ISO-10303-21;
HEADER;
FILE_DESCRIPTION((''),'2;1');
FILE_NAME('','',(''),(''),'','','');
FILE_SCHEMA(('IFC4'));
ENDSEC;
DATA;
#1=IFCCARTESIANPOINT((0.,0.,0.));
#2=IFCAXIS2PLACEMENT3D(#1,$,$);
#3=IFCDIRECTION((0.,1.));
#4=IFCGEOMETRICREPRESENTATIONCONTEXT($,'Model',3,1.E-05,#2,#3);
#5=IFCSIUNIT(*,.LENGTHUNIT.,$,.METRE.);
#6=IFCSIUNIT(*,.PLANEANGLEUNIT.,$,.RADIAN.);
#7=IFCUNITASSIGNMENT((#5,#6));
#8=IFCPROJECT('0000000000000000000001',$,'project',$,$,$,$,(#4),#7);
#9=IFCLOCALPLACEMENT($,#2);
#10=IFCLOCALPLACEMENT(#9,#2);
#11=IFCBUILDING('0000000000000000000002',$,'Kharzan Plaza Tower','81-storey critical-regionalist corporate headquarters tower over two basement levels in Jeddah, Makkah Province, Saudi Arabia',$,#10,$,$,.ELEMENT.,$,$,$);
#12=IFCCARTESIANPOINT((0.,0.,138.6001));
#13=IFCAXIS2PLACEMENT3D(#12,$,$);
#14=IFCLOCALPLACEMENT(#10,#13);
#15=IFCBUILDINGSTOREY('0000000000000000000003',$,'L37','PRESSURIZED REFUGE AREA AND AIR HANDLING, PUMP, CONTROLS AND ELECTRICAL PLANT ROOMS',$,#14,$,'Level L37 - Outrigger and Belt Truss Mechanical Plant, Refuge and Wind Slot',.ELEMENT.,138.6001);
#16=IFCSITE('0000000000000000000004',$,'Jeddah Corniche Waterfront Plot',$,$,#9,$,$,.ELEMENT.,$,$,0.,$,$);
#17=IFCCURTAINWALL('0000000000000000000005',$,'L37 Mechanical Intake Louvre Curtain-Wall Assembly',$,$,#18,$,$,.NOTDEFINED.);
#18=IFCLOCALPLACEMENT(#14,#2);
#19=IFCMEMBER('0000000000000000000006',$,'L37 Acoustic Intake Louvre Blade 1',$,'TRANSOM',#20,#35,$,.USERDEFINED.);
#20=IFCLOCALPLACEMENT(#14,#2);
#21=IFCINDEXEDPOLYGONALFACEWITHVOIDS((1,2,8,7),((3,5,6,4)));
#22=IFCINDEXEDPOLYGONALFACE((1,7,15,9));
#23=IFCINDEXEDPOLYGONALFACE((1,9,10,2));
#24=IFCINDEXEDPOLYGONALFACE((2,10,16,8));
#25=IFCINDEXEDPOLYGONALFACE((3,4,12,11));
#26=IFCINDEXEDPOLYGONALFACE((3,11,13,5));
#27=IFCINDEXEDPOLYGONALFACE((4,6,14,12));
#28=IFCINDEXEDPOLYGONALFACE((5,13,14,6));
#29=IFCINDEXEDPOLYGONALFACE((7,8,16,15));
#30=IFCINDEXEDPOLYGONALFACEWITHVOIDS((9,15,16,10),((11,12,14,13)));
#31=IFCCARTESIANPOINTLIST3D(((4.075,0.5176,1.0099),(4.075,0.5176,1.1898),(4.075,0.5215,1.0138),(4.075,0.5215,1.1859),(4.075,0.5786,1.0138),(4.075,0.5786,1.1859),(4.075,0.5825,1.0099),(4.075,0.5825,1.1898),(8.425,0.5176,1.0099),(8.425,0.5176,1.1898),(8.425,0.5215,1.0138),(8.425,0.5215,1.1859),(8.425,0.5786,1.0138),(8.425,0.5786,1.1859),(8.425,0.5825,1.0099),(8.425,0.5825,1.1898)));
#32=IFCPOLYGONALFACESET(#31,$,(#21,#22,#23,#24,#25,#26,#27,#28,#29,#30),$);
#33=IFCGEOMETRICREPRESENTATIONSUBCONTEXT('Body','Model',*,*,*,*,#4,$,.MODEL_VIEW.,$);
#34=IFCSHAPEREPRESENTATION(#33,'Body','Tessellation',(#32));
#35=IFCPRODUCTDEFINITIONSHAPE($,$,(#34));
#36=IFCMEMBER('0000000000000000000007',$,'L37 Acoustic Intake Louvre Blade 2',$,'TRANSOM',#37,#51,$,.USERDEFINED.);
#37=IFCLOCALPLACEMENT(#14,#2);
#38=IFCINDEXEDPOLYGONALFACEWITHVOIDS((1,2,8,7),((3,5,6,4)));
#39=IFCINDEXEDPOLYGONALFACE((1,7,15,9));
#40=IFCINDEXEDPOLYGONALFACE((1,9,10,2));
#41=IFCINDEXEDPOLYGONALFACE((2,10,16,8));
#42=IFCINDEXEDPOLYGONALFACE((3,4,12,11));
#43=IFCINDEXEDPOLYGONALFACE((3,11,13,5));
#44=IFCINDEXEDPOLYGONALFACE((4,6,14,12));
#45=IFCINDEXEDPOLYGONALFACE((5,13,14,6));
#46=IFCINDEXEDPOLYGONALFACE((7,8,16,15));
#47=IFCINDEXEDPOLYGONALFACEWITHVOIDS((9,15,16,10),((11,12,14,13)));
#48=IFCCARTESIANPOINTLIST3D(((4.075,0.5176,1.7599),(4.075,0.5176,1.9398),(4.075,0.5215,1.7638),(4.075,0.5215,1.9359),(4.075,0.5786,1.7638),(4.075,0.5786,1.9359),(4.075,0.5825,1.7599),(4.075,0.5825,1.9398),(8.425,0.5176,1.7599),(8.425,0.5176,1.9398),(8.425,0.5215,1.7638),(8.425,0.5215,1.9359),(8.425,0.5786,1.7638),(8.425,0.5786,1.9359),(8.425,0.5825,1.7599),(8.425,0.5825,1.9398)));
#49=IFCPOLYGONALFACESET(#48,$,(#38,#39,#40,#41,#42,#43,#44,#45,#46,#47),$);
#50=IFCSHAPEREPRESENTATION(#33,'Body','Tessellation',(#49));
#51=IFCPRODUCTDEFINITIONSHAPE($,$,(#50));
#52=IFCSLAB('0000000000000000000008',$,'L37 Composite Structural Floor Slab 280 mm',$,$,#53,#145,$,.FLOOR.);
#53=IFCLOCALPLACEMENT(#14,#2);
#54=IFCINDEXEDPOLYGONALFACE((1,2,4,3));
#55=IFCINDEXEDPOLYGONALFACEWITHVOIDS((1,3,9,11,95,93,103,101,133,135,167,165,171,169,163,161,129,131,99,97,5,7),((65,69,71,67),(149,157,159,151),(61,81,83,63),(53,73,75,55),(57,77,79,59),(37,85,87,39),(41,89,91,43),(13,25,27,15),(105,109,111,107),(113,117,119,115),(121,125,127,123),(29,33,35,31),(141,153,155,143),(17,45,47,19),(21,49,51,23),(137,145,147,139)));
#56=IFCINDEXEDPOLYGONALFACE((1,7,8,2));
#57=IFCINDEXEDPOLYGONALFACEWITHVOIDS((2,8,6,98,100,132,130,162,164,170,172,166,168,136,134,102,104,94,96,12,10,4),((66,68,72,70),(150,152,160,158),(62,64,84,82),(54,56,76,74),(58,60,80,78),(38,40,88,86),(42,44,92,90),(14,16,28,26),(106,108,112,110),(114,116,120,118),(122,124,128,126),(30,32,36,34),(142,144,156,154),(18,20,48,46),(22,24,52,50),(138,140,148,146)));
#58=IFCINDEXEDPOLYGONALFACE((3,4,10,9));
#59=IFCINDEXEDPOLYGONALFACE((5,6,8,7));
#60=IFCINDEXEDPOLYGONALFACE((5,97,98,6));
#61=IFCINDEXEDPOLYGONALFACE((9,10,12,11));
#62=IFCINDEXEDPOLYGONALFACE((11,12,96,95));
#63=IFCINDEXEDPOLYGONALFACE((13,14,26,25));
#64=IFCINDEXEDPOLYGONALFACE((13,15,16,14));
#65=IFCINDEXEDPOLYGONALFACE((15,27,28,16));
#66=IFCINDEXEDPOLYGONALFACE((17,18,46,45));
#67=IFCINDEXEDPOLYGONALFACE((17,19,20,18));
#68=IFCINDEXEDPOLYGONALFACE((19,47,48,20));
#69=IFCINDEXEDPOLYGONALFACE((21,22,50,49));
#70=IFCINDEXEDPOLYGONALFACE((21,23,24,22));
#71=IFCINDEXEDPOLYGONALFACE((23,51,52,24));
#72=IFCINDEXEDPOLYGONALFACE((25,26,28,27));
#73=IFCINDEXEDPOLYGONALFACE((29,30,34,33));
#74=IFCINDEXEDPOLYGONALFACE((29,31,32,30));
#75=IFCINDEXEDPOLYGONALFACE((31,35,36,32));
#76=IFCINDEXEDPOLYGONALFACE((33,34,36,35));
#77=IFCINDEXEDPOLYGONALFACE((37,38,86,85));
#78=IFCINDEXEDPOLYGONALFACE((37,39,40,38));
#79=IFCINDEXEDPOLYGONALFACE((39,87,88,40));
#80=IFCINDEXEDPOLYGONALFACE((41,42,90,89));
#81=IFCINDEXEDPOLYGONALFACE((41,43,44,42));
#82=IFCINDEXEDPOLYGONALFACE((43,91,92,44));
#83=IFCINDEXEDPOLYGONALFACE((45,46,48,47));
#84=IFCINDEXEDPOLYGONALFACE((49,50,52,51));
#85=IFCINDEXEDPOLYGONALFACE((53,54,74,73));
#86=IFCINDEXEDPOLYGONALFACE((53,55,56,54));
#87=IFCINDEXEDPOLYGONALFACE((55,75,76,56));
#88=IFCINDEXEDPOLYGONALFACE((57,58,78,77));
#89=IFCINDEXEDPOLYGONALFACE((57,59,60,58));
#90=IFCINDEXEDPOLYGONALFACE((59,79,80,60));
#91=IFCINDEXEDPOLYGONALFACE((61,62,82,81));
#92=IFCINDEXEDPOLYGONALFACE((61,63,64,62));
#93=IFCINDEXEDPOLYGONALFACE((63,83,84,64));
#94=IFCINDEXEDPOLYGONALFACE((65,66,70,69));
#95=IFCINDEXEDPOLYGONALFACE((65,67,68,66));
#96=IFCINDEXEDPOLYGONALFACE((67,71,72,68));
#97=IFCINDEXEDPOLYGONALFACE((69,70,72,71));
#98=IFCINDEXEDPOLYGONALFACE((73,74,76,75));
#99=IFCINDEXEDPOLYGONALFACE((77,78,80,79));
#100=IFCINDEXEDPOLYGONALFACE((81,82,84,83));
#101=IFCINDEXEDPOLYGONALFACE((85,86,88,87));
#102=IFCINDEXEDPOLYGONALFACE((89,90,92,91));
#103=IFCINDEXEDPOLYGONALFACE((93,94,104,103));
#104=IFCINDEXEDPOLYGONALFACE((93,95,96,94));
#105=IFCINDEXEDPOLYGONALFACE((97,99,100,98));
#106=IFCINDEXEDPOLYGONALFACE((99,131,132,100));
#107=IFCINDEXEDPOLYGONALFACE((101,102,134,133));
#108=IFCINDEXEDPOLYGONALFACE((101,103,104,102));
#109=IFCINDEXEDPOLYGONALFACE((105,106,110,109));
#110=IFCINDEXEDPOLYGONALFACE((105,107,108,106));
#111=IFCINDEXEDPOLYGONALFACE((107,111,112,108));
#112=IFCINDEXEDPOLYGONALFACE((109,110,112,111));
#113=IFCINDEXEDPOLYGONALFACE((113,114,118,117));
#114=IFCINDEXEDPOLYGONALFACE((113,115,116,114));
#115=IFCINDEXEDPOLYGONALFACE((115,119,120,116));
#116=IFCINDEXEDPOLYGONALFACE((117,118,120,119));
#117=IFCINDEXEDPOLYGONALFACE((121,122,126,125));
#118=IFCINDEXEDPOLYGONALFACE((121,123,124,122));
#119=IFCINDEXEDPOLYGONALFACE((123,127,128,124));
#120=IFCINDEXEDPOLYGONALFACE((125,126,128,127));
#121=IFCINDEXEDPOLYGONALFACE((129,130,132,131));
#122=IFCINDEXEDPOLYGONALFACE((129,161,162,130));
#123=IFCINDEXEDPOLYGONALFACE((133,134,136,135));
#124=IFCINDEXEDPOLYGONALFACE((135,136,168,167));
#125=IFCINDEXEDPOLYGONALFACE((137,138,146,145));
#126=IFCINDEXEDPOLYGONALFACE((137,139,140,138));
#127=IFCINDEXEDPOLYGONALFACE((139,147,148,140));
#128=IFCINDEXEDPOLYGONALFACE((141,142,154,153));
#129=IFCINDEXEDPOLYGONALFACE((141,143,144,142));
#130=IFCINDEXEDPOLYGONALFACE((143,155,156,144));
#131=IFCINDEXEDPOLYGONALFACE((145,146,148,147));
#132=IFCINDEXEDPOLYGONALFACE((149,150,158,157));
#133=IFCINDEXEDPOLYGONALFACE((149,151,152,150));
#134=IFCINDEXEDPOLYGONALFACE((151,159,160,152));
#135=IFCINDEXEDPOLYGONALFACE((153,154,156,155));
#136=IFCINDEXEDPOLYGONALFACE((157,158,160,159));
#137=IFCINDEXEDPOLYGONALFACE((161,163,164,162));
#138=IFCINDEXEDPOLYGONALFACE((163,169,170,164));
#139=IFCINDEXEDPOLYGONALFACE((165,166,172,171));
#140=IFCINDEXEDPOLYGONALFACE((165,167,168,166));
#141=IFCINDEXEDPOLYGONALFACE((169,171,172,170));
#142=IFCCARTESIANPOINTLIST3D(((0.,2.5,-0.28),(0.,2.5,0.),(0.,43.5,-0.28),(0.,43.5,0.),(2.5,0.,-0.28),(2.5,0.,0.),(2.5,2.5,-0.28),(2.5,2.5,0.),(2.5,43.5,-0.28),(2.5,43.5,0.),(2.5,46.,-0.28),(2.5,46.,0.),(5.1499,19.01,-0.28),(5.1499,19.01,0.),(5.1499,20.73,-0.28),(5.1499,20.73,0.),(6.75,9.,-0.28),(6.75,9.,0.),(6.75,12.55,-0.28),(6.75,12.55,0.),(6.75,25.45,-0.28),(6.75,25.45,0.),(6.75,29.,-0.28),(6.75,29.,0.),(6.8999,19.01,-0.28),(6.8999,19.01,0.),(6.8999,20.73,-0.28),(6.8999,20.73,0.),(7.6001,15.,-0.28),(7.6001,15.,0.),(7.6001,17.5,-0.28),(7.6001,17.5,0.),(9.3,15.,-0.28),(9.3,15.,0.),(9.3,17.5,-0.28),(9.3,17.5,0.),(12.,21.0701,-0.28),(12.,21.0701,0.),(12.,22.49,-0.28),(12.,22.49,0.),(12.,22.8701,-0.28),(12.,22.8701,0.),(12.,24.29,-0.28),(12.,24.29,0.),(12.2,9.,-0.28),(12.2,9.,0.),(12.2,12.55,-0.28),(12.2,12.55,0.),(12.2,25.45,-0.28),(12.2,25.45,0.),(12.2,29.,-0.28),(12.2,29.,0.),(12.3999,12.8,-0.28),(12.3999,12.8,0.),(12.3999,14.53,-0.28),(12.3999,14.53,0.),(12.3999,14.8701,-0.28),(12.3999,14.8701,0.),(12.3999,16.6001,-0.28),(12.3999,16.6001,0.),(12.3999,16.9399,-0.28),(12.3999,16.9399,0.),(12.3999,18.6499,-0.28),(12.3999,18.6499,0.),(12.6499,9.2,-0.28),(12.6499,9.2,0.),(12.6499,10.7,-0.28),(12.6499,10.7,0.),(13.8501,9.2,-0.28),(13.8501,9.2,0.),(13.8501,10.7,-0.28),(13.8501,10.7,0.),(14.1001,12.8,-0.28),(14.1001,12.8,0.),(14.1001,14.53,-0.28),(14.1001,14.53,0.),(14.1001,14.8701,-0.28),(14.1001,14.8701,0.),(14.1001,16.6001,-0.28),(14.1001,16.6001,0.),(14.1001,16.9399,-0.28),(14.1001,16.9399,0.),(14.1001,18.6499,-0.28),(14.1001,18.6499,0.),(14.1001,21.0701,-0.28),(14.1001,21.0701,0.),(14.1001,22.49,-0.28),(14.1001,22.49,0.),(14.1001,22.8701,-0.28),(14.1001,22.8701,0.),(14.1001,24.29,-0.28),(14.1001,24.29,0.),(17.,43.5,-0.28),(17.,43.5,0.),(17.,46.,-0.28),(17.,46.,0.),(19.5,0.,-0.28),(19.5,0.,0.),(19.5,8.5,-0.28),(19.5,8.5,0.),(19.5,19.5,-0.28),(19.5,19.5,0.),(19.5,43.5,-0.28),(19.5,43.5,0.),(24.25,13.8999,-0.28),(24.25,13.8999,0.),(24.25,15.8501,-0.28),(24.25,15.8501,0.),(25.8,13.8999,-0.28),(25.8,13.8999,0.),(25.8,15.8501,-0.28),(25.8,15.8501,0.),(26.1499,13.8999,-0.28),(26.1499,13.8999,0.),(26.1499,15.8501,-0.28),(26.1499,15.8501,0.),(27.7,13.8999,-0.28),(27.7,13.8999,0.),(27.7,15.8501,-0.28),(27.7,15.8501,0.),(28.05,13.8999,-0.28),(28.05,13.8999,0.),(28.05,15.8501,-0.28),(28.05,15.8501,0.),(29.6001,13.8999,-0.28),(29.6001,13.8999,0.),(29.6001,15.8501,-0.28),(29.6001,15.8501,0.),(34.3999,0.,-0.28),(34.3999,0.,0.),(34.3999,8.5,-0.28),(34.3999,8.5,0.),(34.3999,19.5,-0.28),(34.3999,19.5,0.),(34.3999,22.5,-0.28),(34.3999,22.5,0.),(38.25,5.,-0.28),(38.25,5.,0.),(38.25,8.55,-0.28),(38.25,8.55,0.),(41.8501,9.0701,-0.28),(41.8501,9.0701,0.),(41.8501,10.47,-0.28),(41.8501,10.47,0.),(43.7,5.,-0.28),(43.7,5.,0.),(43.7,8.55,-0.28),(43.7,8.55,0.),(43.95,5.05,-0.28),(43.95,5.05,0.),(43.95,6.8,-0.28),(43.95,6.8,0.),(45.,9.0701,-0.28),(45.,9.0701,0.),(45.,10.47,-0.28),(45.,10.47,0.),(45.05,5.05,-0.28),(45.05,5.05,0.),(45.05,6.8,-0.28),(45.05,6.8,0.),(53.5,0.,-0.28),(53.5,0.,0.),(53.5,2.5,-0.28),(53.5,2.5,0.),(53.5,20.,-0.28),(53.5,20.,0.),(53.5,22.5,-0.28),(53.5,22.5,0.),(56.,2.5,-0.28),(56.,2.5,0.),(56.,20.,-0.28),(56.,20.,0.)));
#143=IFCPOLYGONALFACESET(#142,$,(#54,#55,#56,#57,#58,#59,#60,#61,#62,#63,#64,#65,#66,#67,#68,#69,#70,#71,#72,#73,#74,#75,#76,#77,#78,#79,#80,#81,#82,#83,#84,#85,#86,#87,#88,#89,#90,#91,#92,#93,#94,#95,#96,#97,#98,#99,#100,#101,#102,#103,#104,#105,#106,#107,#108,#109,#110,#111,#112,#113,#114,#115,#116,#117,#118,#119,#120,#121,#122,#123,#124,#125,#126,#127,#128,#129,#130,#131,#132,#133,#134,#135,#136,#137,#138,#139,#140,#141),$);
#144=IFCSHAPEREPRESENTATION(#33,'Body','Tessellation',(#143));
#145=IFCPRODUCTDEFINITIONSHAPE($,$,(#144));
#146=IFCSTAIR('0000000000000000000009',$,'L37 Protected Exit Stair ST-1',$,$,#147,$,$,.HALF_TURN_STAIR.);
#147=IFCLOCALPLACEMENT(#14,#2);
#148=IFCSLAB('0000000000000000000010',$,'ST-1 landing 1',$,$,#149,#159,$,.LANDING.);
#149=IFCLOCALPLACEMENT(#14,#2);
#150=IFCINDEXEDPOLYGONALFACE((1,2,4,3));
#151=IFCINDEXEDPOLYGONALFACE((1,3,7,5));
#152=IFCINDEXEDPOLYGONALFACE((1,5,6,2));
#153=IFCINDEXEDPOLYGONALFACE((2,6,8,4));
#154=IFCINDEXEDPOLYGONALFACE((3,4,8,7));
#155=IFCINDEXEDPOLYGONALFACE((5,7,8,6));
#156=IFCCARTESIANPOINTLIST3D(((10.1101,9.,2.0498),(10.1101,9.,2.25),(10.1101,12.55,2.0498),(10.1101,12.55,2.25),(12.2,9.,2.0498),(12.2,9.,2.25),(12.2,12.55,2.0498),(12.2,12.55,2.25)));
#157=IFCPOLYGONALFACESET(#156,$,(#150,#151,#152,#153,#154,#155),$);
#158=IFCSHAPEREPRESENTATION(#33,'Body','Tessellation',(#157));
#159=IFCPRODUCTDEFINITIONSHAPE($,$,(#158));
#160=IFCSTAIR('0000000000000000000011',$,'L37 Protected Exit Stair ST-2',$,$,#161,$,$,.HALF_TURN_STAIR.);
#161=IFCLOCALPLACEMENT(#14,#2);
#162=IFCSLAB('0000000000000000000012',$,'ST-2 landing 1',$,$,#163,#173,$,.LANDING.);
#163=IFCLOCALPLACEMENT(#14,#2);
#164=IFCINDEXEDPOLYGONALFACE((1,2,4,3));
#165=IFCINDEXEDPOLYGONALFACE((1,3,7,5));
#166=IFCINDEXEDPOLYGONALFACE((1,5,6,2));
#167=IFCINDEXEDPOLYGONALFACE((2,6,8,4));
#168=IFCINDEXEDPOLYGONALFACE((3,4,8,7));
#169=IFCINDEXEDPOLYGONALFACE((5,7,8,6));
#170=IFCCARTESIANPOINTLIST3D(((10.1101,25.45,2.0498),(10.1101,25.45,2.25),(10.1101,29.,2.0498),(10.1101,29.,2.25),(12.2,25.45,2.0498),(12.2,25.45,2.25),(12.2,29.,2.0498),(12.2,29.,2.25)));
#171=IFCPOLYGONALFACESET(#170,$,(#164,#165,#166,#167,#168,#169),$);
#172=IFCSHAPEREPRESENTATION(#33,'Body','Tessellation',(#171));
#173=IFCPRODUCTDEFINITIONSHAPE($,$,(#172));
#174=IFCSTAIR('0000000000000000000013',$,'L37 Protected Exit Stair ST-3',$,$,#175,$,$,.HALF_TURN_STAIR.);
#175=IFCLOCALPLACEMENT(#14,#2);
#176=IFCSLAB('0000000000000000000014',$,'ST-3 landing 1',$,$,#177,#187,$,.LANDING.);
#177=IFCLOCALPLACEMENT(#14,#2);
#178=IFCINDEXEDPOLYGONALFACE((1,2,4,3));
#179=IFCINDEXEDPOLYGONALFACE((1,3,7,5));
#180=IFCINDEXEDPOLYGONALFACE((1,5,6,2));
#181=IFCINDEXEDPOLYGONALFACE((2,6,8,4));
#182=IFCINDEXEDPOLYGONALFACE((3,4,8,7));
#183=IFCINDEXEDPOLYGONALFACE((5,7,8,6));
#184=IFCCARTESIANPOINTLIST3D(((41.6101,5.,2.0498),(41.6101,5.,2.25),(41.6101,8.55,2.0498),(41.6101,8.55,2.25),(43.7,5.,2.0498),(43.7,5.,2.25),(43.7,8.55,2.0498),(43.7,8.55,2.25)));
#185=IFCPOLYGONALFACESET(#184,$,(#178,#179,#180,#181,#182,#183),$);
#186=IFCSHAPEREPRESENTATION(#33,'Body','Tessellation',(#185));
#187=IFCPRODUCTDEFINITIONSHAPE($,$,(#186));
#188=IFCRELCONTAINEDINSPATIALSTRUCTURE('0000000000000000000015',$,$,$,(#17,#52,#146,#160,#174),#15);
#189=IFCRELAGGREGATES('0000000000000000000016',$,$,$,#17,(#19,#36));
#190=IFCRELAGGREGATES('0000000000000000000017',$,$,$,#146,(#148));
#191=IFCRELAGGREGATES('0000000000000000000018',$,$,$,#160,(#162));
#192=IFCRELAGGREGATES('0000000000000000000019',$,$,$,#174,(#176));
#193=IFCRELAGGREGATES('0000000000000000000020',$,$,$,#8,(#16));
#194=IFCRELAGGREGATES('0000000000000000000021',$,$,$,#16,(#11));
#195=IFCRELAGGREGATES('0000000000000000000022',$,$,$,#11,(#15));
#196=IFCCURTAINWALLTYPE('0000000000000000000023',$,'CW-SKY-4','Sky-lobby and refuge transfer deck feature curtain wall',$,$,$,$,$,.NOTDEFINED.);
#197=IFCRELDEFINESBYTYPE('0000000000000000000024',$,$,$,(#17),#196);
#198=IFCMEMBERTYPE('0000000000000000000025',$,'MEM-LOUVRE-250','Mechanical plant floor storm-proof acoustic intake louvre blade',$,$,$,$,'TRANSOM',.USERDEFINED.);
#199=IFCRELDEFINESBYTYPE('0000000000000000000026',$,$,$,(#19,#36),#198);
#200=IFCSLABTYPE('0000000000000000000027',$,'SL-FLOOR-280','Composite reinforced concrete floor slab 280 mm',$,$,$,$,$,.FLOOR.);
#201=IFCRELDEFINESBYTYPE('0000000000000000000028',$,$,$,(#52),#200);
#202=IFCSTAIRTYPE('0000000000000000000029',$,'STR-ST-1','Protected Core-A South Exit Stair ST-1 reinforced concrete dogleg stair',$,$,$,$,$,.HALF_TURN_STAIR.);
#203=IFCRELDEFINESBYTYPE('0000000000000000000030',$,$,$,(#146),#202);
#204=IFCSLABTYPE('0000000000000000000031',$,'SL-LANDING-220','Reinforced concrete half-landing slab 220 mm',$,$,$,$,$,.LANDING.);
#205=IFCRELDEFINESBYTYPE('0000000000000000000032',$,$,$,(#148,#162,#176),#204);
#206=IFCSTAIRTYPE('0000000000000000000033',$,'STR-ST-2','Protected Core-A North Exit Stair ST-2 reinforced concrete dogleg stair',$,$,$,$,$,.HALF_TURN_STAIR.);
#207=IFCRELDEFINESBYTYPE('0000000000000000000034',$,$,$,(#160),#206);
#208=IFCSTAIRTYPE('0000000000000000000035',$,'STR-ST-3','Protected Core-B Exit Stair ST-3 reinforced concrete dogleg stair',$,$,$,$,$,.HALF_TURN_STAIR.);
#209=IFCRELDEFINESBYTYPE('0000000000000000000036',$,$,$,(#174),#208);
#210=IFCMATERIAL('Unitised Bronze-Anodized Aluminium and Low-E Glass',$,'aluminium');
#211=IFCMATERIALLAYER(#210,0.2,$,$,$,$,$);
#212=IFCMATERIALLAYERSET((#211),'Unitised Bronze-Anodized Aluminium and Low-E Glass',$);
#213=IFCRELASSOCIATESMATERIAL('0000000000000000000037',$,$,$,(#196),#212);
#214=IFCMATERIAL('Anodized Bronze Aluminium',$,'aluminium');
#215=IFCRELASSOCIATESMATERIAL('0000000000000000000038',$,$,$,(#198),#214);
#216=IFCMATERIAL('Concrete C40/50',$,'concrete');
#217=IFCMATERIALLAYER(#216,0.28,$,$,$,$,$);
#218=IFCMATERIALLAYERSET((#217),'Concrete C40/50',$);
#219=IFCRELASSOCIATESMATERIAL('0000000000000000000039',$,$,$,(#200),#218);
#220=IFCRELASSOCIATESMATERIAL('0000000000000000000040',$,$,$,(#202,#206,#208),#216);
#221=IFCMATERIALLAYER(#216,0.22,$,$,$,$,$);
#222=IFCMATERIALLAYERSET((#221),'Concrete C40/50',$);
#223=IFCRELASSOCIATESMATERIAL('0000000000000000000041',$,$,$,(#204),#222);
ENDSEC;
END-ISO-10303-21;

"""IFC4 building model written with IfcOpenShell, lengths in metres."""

from ifc_helpers import new_model, si_unit, direction, frame, origin, origin_2d, place, context, subcontext, project, spatial, polyline, hollow_rectangle, outline, extrude, source, transform, mapped, material, layer, layer_set, material_profile, profile_set, type_object, element, aggregate, save


model = new_model("IFC4")

# Units and contexts
model_context = context("Model", 3, precision=1e-05, world=origin(), true_north=direction((0.0, 1.0)))
body_context = subcontext(model_context, "Body", "Model", "MODEL_VIEW")
ifc_project = project(units=[si_unit("LENGTHUNIT", "METRE"), si_unit("PLANEANGLEUNIT", "RADIAN")], contexts=[model_context])

# Site, building, storey
site_placement = place(None, origin())
site = spatial("IfcSite", under=ifc_project, at=site_placement, Name="Jeddah Corniche Waterfront Plot", CompositionType="ELEMENT", RefElevation=0.0)
building_placement = place(site_placement, origin())
building = spatial("IfcBuilding", under=site, at=building_placement, Name="Kharzan Plaza Tower", Description="81-storey critical-regionalist corporate headquarters tower over two basement levels in Jeddah, Makkah Province, Saudi Arabia", CompositionType="ELEMENT")
storey_placement = place(building_placement, frame((0.0, 0.0, 138.6001)))
storey = spatial("IfcBuildingStorey", under=building, at=storey_placement, Name="L37", Description="PRESSURIZED REFUGE AREA AND AIR HANDLING, PUMP, CONTROLS AND ELECTRICAL PLANT ROOMS", LongName="Level L37 - Outrigger and Belt Truss Mechanical Plant, Refuge and Wind Slot", CompositionType="ELEMENT", Elevation=138.6001)

# Curtain wall, members
ifc_material_1 = material(Name="Unitised Bronze-Anodized Aluminium and Low-E Glass", Category="aluminium")
ifc_layer_1 = layer(ifc_material_1, 0.2)
ifc_layer_set_1 = layer_set([ifc_layer_1], Name="Unitised Bronze-Anodized Aluminium and Low-E Glass")
curtain_wall_type = type_object("IfcCurtainWallType", Name="CW-SKY-4", Description="Sky-lobby and refuge transfer deck feature curtain wall", PredefinedType="NOTDEFINED", material=ifc_layer_set_1)
curtain_wall_placement = place(storey_placement, origin())
curtain_wall = element("IfcCurtainWall", 1, at=curtain_wall_placement, inside=storey, type_object=curtain_wall_type, Name="L37 Mechanical Intake Louvre Curtain-Wall Assembly", PredefinedType="NOTDEFINED")
ifc_material_2 = material(Name="Anodized Bronze Aluminium", Category="aluminium")
ifc_material_profile_1 = material_profile(ifc_material_2, hollow_rectangle(XDim=0.0649, YDim=0.1799, WallThickness=0.0039, at=origin_2d()), Name="ALU-M180x65x4")
ifc_profile_set_1 = profile_set([ifc_material_profile_1], Name="Anodized Bronze Aluminium")
member_type_1 = type_object("IfcMemberType", Name="MEM-LOUVRE-250", Description="Mechanical plant floor storm-proof acoustic intake louvre blade", ElementType="TRANSOM", PredefinedType="USERDEFINED", material=ifc_profile_set_1)
shared_shape_1 = source(origin(), body_context, "Body", "SweptSolid", [
    extrude(hollow_rectangle(XDim=0.0649, YDim=0.1799, WallThickness=0.0039, at=origin_2d()), origin(), (0.0, 0.0, 1.0), 4.3501),
])
member_1_placement = place(storey_placement, frame((4.075, 0.55, 1.0999), z_axis=(1.0, 0.0, 0.0), x_axis=(0.0, 1.0, 0.0)))
member_1 = element("IfcMember", 2, at=member_1_placement, type_object=member_type_1, Name="L37 Acoustic Intake Louvre Blade 1", ObjectType="TRANSOM", PredefinedType="USERDEFINED", context=body_context, shape_type="MappedRepresentation", body=[
    mapped(shared_shape_1, transform((0.0, 0.0, 0.0), x_axis=(1.0, 0.0, 0.0), y_axis=(0.0, 1.0, 0.0), z_axis=(0.0, 0.0, 1.0))),
])
member_2_placement = place(storey_placement, frame((4.075, 0.55, 1.8499), z_axis=(1.0, 0.0, 0.0), x_axis=(0.0, 1.0, 0.0)))
member_2 = element("IfcMember", 3, at=member_2_placement, type_object=member_type_1, Name="L37 Acoustic Intake Louvre Blade 2", ObjectType="TRANSOM", PredefinedType="USERDEFINED", context=body_context, shape_type="MappedRepresentation", body=[
    mapped(shared_shape_1, transform((0.0, 0.0, 0.0), x_axis=(1.0, 0.0, 0.0), y_axis=(0.0, 1.0, 0.0), z_axis=(0.0, 0.0, 1.0))),
])
aggregate(curtain_wall, [member_1, member_2])

# Slab
ifc_material_3 = material(Name="Concrete C40/50", Category="concrete")
ifc_layer_2 = layer(ifc_material_3, 0.28)
ifc_layer_set_2 = layer_set([ifc_layer_2], Name="Concrete C40/50")
slab_type_1 = type_object("IfcSlabType", Name="SL-FLOOR-280", Description="Composite reinforced concrete floor slab 280 mm", PredefinedType="FLOOR", material=ifc_layer_set_2)
slab_1_placement = place(storey_placement, frame((0.0, 0.0, -0.28)))
element("IfcSlab", 4, at=slab_1_placement, inside=storey, type_object=slab_type_1, Name="L37 Composite Structural Floor Slab 280 mm", PredefinedType="FLOOR", context=body_context, shape_type="SweptSolid", body=[
    extrude(outline(polyline([(34.3999, 19.5), (19.5, 19.5), (19.5, 43.5), (17.0, 43.5), (17.0, 46.0), (2.5, 46.0), (2.5, 43.5), (0.0, 43.5), (0.0, 2.5), (2.5, 2.5), (2.5, 0.0), (19.5, 0.0), (19.5, 8.5), (34.3999, 8.5), (34.3999, 0.0), (53.5, 0.0), (53.5, 2.5), (56.0, 2.5), (56.0, 20.0), (53.5, 20.0), (53.5, 22.5), (34.3999, 22.5), (34.3999, 19.5)]), holes=[polyline([(12.2, 9.0), (12.2, 12.55), (6.75, 12.55), (6.75, 9.0), (12.2, 9.0)]), polyline([(14.1001, 12.8), (14.1001, 14.53), (12.3999, 14.53), (12.3999, 12.8), (14.1001, 12.8)]), polyline([(14.1001, 14.8701), (14.1001, 16.6001), (12.3999, 16.6001), (12.3999, 14.8701), (14.1001, 14.8701)]), polyline([(9.3, 15.0), (9.3, 17.5), (7.6001, 17.5), (7.6001, 15.0), (9.3, 15.0)]), polyline([(6.8999, 19.01), (6.8999, 20.73), (5.1499, 20.73), (5.1499, 19.01), (6.8999, 19.01)]), polyline([(14.1001, 21.0701), (14.1001, 22.49), (12.0, 22.49), (12.0, 21.0701), (14.1001, 21.0701)]), polyline([(14.1001, 22.8701), (14.1001, 24.29), (12.0, 24.29), (12.0, 22.8701), (14.1001, 22.8701)]), polyline([(12.2, 25.45), (12.2, 29.0), (6.75, 29.0), (6.75, 25.45), (12.2, 25.45)]), polyline([(45.05, 5.05), (45.05, 6.8), (43.95, 6.8), (43.95, 5.05), (45.05, 5.05)]), polyline([(43.7, 5.0), (43.7, 8.55), (38.25, 8.55), (38.25, 5.0), (43.7, 5.0)]), polyline([(45.0, 9.0701), (45.0, 10.47), (41.8501, 10.47), (41.8501, 9.0701), (45.0, 9.0701)]), polyline([(13.8501, 9.2), (13.8501, 10.7), (12.6499, 10.7), (12.6499, 9.2), (13.8501, 9.2)]), polyline([(25.8, 13.8999), (25.8, 15.8501), (24.25, 15.8501), (24.25, 13.8999), (25.8, 13.8999)]), polyline([(27.7, 13.8999), (27.7, 15.8501), (26.1499, 15.8501), (26.1499, 13.8999), (27.7, 13.8999)]), polyline([(29.6001, 13.8999), (29.6001, 15.8501), (28.05, 15.8501), (28.05, 13.8999), (29.6001, 13.8999)]), polyline([(14.1001, 16.9399), (14.1001, 18.6499), (12.3999, 18.6499), (12.3999, 16.9399), (14.1001, 16.9399)])]), origin(), (0.0, 0.0, 1.0), 0.28),
])

# Stairs, slabs
stair_type_1 = type_object("IfcStairType", Name="STR-ST-1", Description="Protected Core-A South Exit Stair ST-1 reinforced concrete dogleg stair", PredefinedType="HALF_TURN_STAIR", material=ifc_material_3)
stair_1_placement = place(storey_placement, origin())
stair_1 = element("IfcStair", 5, at=stair_1_placement, inside=storey, type_object=stair_type_1, Name="L37 Protected Exit Stair ST-1", PredefinedType="HALF_TURN_STAIR")
ifc_layer_3 = layer(ifc_material_3, 0.22)
ifc_layer_set_3 = layer_set([ifc_layer_3], Name="Concrete C40/50")
slab_type_2 = type_object("IfcSlabType", Name="SL-LANDING-220", Description="Reinforced concrete half-landing slab 220 mm", PredefinedType="LANDING", material=ifc_layer_set_3)
slab_2_placement = place(storey_placement, frame((0.0, 0.0, 2.0498)))
slab_2 = element("IfcSlab", 6, at=slab_2_placement, type_object=slab_type_2, Name="ST-1 landing 1", PredefinedType="LANDING", context=body_context, shape_type="SweptSolid", body=[
    extrude(outline(polyline([(10.1101, 9.0), (12.2, 9.0), (12.2, 12.55), (10.1101, 12.55), (10.1101, 9.0)])), origin(), (0.0, 0.0, 1.0), 0.2002),
])
aggregate(stair_1, [slab_2])
stair_type_2 = type_object("IfcStairType", Name="STR-ST-2", Description="Protected Core-A North Exit Stair ST-2 reinforced concrete dogleg stair", PredefinedType="HALF_TURN_STAIR", material=ifc_material_3)
stair_2_placement = place(storey_placement, origin())
stair_2 = element("IfcStair", 7, at=stair_2_placement, inside=storey, type_object=stair_type_2, Name="L37 Protected Exit Stair ST-2", PredefinedType="HALF_TURN_STAIR")
slab_3_placement = place(storey_placement, frame((0.0, 0.0, 2.0498)))
slab_3 = element("IfcSlab", 8, at=slab_3_placement, type_object=slab_type_2, Name="ST-2 landing 1", PredefinedType="LANDING", context=body_context, shape_type="SweptSolid", body=[
    extrude(outline(polyline([(10.1101, 25.45), (12.2, 25.45), (12.2, 29.0), (10.1101, 29.0), (10.1101, 25.45)])), origin(), (0.0, 0.0, 1.0), 0.2002),
])
aggregate(stair_2, [slab_3])
stair_type_3 = type_object("IfcStairType", Name="STR-ST-3", Description="Protected Core-B Exit Stair ST-3 reinforced concrete dogleg stair", PredefinedType="HALF_TURN_STAIR", material=ifc_material_3)
stair_3_placement = place(storey_placement, origin())
stair_3 = element("IfcStair", 9, at=stair_3_placement, inside=storey, type_object=stair_type_3, Name="L37 Protected Exit Stair ST-3", PredefinedType="HALF_TURN_STAIR")
slab_4_placement = place(storey_placement, frame((0.0, 0.0, 2.0498)))
slab_4 = element("IfcSlab", 10, at=slab_4_placement, type_object=slab_type_2, Name="ST-3 landing 1", PredefinedType="LANDING", context=body_context, shape_type="SweptSolid", body=[
    extrude(outline(polyline([(41.6101, 5.0), (43.7, 5.0), (43.7, 8.55), (41.6101, 8.55), (41.6101, 5.0)])), origin(), (0.0, 0.0, 1.0), 0.2002),
])
aggregate(stair_3, [slab_4])

save(model, "model.ifc")
